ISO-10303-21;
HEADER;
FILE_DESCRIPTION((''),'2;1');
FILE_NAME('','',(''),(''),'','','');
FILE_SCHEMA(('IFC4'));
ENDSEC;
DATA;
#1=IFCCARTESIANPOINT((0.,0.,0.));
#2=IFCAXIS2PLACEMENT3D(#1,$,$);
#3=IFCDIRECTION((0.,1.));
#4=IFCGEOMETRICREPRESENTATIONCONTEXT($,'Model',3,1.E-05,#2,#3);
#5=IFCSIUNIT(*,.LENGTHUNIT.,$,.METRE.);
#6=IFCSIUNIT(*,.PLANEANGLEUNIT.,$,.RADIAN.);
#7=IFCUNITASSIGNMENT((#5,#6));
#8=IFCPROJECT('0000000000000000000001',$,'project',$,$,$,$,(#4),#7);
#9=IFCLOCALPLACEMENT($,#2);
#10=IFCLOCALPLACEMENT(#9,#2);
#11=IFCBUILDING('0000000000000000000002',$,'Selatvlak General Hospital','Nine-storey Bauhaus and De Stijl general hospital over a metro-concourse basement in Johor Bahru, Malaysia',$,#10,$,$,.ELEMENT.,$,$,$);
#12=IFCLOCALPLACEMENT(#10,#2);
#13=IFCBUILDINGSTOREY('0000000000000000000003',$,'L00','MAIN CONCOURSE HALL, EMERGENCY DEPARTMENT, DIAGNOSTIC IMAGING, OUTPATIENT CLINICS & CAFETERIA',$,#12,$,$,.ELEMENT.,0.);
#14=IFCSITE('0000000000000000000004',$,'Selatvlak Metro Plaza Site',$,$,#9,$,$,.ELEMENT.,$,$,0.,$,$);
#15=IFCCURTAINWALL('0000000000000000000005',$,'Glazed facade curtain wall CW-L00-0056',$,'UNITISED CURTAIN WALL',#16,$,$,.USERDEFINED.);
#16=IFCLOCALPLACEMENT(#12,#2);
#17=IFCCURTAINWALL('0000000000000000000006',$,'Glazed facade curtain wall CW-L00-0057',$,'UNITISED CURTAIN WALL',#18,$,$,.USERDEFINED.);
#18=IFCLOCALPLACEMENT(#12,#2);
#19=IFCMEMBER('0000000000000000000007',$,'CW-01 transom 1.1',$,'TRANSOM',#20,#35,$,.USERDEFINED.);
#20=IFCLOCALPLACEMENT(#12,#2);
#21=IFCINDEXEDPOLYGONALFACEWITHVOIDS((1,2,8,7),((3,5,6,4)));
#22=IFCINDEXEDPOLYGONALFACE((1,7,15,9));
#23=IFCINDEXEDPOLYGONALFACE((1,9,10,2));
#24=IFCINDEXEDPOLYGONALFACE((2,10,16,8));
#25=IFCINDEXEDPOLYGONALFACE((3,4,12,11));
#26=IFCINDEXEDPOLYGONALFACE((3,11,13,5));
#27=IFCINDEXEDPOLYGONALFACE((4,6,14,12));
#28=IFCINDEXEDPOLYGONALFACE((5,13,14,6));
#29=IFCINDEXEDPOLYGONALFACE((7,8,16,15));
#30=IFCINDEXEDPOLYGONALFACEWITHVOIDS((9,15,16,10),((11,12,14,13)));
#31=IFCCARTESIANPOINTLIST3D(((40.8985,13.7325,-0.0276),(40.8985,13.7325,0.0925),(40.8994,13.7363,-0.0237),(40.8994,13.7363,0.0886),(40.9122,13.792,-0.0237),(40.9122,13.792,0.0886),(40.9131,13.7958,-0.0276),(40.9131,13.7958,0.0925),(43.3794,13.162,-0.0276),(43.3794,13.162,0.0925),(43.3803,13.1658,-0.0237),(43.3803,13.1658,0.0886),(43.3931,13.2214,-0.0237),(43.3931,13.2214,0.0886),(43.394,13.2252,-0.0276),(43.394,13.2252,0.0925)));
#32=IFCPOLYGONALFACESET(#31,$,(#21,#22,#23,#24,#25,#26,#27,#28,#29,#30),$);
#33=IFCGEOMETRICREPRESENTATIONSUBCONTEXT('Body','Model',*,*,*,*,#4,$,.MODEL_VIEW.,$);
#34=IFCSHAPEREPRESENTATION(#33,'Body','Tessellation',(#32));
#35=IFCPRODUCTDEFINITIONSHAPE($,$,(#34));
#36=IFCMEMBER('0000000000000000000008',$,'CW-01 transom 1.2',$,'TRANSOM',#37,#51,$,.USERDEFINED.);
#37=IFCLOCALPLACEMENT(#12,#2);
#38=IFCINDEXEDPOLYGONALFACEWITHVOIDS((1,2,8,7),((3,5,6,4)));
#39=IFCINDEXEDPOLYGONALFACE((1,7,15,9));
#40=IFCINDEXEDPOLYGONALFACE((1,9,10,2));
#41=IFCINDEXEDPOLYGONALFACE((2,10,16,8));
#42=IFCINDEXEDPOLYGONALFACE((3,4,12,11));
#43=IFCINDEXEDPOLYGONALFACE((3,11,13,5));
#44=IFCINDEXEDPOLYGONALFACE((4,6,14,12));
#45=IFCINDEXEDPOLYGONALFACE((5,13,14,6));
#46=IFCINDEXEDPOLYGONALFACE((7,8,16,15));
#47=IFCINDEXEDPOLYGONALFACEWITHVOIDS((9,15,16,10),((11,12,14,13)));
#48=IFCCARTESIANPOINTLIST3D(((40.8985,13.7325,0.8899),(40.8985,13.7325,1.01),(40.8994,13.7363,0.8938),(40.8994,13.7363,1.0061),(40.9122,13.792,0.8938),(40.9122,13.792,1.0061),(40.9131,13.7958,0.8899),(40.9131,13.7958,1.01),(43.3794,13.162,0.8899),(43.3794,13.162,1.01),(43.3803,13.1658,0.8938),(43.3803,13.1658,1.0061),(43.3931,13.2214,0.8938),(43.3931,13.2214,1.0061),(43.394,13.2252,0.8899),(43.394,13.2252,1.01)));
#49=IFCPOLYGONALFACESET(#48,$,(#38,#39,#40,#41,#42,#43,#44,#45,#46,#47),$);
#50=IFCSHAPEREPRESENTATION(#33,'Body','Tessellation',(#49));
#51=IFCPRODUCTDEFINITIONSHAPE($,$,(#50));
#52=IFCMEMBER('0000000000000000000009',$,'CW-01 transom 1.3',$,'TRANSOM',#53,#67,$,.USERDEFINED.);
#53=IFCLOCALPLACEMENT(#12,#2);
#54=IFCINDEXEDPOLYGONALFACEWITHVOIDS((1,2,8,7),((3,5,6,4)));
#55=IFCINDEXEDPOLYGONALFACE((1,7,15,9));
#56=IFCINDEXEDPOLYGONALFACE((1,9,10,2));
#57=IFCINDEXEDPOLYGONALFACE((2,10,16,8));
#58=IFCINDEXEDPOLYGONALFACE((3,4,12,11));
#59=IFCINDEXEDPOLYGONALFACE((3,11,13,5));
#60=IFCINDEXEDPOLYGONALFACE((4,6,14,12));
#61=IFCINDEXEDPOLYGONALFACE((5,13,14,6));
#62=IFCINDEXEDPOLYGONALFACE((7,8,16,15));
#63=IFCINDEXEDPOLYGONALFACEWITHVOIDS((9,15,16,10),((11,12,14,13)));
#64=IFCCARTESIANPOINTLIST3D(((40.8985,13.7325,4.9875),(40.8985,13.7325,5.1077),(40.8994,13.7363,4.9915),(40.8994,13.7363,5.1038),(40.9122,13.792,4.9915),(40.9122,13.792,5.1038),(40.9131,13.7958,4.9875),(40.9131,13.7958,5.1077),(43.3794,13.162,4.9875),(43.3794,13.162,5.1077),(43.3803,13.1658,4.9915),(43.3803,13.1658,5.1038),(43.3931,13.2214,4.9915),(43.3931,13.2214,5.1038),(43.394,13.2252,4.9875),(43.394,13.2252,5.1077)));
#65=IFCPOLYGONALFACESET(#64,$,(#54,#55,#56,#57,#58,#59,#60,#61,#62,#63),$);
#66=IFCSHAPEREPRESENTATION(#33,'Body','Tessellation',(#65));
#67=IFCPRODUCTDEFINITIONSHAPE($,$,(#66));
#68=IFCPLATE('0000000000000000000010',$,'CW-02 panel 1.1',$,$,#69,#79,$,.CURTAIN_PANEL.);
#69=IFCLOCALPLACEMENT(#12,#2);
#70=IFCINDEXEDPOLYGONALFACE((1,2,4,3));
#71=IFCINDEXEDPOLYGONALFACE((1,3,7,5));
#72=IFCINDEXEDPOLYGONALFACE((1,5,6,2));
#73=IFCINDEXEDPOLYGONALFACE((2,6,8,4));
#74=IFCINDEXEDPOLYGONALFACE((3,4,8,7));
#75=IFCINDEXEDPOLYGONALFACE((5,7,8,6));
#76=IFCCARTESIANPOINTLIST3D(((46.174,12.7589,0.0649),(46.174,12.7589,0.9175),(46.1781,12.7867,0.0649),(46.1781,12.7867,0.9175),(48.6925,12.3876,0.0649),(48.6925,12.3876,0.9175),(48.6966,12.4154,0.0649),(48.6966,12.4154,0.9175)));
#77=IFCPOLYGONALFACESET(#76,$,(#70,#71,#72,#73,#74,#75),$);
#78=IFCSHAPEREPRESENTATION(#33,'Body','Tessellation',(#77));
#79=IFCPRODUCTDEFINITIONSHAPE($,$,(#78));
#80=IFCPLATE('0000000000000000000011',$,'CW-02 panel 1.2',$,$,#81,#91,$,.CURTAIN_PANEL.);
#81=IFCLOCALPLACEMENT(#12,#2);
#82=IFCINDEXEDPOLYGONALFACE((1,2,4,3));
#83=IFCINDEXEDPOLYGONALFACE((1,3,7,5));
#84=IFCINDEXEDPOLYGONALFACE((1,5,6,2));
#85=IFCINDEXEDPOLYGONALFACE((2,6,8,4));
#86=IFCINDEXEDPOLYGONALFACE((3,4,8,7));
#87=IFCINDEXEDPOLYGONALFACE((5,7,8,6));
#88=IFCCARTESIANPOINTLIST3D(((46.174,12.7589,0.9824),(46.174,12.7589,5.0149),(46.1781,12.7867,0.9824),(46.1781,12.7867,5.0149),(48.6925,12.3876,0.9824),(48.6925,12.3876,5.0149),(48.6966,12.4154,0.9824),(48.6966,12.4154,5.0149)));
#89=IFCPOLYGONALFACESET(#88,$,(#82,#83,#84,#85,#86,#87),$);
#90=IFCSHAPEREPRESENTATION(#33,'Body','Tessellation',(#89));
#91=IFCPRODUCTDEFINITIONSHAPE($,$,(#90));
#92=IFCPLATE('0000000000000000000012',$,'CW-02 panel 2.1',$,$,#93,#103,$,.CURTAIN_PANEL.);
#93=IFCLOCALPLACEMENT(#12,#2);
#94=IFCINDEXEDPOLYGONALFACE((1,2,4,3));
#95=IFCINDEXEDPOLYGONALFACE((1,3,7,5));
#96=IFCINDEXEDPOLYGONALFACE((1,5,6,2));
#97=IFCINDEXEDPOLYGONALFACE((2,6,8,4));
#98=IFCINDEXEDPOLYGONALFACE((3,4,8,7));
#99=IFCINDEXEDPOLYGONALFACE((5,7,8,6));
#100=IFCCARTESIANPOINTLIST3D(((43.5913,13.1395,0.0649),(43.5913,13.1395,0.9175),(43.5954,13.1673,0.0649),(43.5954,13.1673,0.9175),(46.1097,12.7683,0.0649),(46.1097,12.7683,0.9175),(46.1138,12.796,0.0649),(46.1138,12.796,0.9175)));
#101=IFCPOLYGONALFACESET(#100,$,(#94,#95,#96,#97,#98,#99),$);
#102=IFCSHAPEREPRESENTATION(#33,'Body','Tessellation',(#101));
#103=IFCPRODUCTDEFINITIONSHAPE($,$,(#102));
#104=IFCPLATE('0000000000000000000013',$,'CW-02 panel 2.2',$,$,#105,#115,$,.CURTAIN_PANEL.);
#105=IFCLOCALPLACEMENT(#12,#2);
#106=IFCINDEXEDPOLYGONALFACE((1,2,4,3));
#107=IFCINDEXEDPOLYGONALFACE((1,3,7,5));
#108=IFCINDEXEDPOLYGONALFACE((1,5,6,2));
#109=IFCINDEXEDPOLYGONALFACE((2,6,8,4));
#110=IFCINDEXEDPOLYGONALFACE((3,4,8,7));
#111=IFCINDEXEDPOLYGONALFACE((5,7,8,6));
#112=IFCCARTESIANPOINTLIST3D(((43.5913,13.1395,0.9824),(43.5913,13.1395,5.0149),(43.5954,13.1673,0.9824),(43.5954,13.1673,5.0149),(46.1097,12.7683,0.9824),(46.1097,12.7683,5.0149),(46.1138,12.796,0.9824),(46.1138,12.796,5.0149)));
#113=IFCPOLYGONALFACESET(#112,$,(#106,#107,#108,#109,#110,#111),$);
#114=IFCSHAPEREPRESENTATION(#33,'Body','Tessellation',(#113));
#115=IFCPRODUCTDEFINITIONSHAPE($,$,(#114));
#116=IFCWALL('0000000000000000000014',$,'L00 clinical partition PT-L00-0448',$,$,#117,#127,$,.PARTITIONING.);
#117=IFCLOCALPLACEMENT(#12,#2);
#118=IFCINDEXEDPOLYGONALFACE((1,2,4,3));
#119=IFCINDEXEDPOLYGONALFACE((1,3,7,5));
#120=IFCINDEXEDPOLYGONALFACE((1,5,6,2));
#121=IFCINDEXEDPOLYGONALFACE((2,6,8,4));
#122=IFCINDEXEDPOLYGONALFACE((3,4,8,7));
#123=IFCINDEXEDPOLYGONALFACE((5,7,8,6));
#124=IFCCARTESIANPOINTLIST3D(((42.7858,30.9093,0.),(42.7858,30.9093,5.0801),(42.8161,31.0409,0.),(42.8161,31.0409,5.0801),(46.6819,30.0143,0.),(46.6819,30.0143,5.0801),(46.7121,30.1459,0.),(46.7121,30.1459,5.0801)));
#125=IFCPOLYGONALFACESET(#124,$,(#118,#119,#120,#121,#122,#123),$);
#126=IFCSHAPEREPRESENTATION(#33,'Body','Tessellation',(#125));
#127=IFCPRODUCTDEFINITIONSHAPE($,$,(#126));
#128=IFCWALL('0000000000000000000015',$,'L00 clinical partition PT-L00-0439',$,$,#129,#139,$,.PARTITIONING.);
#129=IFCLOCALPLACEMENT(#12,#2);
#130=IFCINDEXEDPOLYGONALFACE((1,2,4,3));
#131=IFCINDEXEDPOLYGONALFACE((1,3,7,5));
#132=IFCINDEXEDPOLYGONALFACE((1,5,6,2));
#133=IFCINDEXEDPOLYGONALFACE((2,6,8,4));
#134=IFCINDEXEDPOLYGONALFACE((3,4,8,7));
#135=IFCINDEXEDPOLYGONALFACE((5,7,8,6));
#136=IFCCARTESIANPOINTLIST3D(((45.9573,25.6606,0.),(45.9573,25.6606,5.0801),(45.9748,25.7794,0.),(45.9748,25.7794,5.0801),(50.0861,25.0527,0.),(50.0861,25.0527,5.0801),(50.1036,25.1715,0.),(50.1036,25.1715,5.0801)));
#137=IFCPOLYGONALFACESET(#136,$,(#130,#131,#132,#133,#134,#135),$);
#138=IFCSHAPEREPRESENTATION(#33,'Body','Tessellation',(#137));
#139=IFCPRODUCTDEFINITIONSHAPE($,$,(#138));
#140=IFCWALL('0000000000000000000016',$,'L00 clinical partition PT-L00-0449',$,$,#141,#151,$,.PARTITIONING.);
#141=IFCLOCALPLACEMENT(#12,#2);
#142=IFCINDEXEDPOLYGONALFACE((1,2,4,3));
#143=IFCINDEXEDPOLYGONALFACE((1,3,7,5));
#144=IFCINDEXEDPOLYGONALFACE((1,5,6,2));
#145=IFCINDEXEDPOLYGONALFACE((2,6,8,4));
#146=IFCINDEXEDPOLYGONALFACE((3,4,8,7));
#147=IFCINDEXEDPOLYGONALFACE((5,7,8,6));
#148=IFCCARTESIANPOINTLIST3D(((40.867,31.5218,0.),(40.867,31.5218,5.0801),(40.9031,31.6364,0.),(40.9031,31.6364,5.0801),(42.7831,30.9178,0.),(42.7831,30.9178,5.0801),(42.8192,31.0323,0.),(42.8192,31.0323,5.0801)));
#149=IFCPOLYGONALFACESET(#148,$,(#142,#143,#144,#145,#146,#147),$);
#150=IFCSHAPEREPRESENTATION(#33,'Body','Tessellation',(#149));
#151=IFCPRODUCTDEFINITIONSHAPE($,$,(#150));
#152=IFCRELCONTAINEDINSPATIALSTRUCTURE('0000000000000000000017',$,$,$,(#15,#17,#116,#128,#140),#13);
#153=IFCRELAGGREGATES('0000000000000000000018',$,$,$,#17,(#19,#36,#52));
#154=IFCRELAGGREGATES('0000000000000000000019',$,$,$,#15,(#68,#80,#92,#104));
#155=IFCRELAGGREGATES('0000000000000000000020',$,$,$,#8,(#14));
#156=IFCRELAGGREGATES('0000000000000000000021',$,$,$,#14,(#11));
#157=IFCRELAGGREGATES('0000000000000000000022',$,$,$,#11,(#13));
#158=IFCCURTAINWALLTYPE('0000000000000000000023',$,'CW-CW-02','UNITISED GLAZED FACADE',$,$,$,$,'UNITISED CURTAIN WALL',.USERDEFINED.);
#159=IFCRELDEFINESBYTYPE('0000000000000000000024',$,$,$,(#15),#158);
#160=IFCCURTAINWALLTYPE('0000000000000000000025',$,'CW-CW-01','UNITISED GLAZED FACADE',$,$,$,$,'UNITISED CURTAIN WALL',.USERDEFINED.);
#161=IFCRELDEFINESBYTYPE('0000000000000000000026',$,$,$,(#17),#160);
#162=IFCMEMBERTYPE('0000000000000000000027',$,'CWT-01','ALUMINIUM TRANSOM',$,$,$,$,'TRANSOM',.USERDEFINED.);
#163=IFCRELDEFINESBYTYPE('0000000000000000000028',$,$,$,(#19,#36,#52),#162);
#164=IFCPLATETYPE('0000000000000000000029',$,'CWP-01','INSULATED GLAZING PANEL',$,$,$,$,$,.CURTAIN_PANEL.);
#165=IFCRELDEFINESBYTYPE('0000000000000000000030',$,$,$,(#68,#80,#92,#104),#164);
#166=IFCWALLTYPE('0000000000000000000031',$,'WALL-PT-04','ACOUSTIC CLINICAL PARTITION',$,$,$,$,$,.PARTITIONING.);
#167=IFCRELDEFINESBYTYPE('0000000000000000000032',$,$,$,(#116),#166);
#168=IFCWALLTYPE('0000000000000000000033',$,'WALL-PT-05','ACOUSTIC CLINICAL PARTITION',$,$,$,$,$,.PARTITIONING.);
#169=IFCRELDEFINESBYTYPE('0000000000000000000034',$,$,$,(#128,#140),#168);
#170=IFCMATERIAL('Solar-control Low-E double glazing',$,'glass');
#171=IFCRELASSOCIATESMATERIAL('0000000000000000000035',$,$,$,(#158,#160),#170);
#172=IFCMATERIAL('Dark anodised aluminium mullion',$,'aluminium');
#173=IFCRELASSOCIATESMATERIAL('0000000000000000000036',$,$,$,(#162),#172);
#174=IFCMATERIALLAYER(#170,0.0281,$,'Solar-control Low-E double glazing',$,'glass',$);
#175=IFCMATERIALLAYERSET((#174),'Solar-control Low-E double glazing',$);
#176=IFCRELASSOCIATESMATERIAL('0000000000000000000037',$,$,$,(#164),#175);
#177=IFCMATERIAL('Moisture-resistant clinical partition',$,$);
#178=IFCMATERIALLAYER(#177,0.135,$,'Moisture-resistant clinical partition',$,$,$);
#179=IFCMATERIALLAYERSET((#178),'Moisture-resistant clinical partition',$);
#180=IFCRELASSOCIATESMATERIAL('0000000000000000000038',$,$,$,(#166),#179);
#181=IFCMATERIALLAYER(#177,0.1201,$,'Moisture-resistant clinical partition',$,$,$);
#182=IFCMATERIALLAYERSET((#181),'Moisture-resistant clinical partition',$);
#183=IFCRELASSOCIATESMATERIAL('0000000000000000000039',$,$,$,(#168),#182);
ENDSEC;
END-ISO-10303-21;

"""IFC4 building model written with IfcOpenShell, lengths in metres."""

from ifc_helpers import new_model, si_unit, direction, frame, frame_2d, origin, origin_2d, place, context, subcontext, project, spatial, rectangle, hollow_rectangle, extrude, material, layer, layer_set, material_profile, profile_set, type_object, element, aggregate, save


model = new_model("IFC4")

# Units and contexts
model_context = context("Model", 3, precision=1e-05, world=origin(), true_north=direction((0.0, 1.0)))
body_context = subcontext(model_context, "Body", "Model", "MODEL_VIEW")
ifc_project = project(units=[si_unit("LENGTHUNIT", "METRE"), si_unit("PLANEANGLEUNIT", "RADIAN")], contexts=[model_context])

# Site, building, storey
site_placement = place(None, origin())
site = spatial("IfcSite", under=ifc_project, at=site_placement, Name="Selatvlak Metro Plaza Site", CompositionType="ELEMENT", RefElevation=0.0)
building_placement = place(site_placement, origin())
building = spatial("IfcBuilding", under=site, at=building_placement, Name="Selatvlak General Hospital", Description="Nine-storey Bauhaus and De Stijl general hospital over a metro-concourse basement in Johor Bahru, Malaysia", CompositionType="ELEMENT")
storey_placement = place(building_placement, origin())
storey = spatial("IfcBuildingStorey", under=building, at=storey_placement, Name="L00", Description="MAIN CONCOURSE HALL, EMERGENCY DEPARTMENT, DIAGNOSTIC IMAGING, OUTPATIENT CLINICS & CAFETERIA", CompositionType="ELEMENT", Elevation=0.0)

# Curtain wall
ifc_material_1 = material(Name="Solar-control Low-E double glazing", Category="glass")
curtain_wall_type_1 = type_object("IfcCurtainWallType", Name="CW-CW-02", Description="UNITISED GLAZED FACADE", ElementType="UNITISED CURTAIN WALL", PredefinedType="USERDEFINED", material=ifc_material_1)
curtain_wall_1_placement = place(storey_placement, origin())
curtain_wall_1 = element("IfcCurtainWall", 1, at=curtain_wall_1_placement, inside=storey, type_object=curtain_wall_type_1, Name="Glazed facade curtain wall CW-L00-0056", ObjectType="UNITISED CURTAIN WALL", PredefinedType="USERDEFINED")
ifc_material_2 = material(Name="Dark anodised aluminium mullion", Category="aluminium")

# Curtain wall
curtain_wall_type_2 = type_object("IfcCurtainWallType", Name="CW-CW-01", Description="UNITISED GLAZED FACADE", ElementType="UNITISED CURTAIN WALL", PredefinedType="USERDEFINED", material=ifc_material_1)
curtain_wall_2_placement = place(storey_placement, origin())
curtain_wall_2 = element("IfcCurtainWall", 2, at=curtain_wall_2_placement, inside=storey, type_object=curtain_wall_type_2, Name="Glazed facade curtain wall CW-L00-0057", ObjectType="UNITISED CURTAIN WALL", PredefinedType="USERDEFINED")

# Members
ifc_material_profile_1 = material_profile(ifc_material_2, hollow_rectangle(XDim=0.0649, YDim=0.1201, WallThickness=0.0039, at=origin_2d()), Name="AL-TRN 65x120x4")
ifc_profile_set_1 = profile_set([ifc_material_profile_1], Name="Dark anodised aluminium mullion")
member_type_1 = type_object("IfcMemberType", Name="CWT-01", Description="ALUMINIUM TRANSOM", ElementType="TRANSOM", PredefinedType="USERDEFINED", material=ifc_profile_set_1)
member_1_placement = place(storey_placement, frame((43.3867, 13.1936, 0.0325), z_axis=(-0.974561, 0.224124, 0.0), x_axis=(-0.224124, -0.974561, 0.0)))
member_1 = element("IfcMember", 3, at=member_1_placement, type_object=member_type_1, Name="CW-01 transom 1.1", ObjectType="TRANSOM", PredefinedType="USERDEFINED", context=body_context, shape_type="SweptSolid", body=[
    extrude(hollow_rectangle(XDim=0.0649, YDim=0.1201, WallThickness=0.0039, at=origin_2d()), origin(), (0.0, 0.0, 1.0), 2.5457),
])
member_2_placement = place(storey_placement, frame((43.3867, 13.1936, 0.95), z_axis=(-0.974561, 0.224124, 0.0), x_axis=(-0.224124, -0.974561, 0.0)))
member_2 = element("IfcMember", 4, at=member_2_placement, type_object=member_type_1, Name="CW-01 transom 1.2", ObjectType="TRANSOM", PredefinedType="USERDEFINED", context=body_context, shape_type="SweptSolid", body=[
    extrude(hollow_rectangle(XDim=0.0649, YDim=0.1201, WallThickness=0.0039, at=origin_2d()), origin(), (0.0, 0.0, 1.0), 2.5457),
])
member_3_placement = place(storey_placement, frame((43.3867, 13.1936, 5.0476), z_axis=(-0.974561, 0.224124, 0.0), x_axis=(-0.224124, -0.974561, 0.0)))
member_3 = element("IfcMember", 5, at=member_3_placement, type_object=member_type_1, Name="CW-01 transom 1.3", ObjectType="TRANSOM", PredefinedType="USERDEFINED", context=body_context, shape_type="SweptSolid", body=[
    extrude(hollow_rectangle(XDim=0.0649, YDim=0.1201, WallThickness=0.0039, at=origin_2d()), origin(), (0.0, 0.0, 1.0), 2.5457),
])
aggregate(curtain_wall_2, [member_1, member_2, member_3])

# Plates
ifc_layer_1 = layer(ifc_material_1, 0.0281, Name="Solar-control Low-E double glazing", Category="glass")
ifc_layer_set_1 = layer_set([ifc_layer_1], Name="Solar-control Low-E double glazing")
plate_type = type_object("IfcPlateType", Name="CWP-01", Description="INSULATED GLAZING PANEL", PredefinedType="CURTAIN_PANEL", material=ifc_layer_set_1)
plate_1_placement = place(storey_placement, frame((47.4353, 12.5872, 0.0649), z_axis=(0.0, 0.0, 1.0), x_axis=(-0.989308, 0.145843, 0.0)))
plate_1 = element("IfcPlate", 6, at=plate_1_placement, type_object=plate_type, Name="CW-02 panel 1.1", PredefinedType="CURTAIN_PANEL", context=body_context, shape_type="SweptSolid", body=[
    extrude(rectangle(XDim=2.5457, YDim=0.0281, at=origin_2d()), origin(), (0.0, 0.0, 1.0), 0.8525),
])
plate_2_placement = place(storey_placement, frame((47.4353, 12.5872, 0.9824), z_axis=(0.0, 0.0, 1.0), x_axis=(-0.989308, 0.145843, 0.0)))
plate_2 = element("IfcPlate", 7, at=plate_2_placement, type_object=plate_type, Name="CW-02 panel 1.2", PredefinedType="CURTAIN_PANEL", context=body_context, shape_type="SweptSolid", body=[
    extrude(rectangle(XDim=2.5457, YDim=0.0281, at=origin_2d()), origin(), (0.0, 0.0, 1.0), 4.0325),
])
plate_3_placement = place(storey_placement, frame((44.8525, 12.9678, 0.0649), z_axis=(0.0, 0.0, 1.0), x_axis=(-0.989308, 0.145843, 0.0)))
plate_3 = element("IfcPlate", 8, at=plate_3_placement, type_object=plate_type, Name="CW-02 panel 2.1", PredefinedType="CURTAIN_PANEL", context=body_context, shape_type="SweptSolid", body=[
    extrude(rectangle(XDim=2.5457, YDim=0.0281, at=origin_2d()), origin(), (0.0, 0.0, 1.0), 0.8525),
])
plate_4_placement = place(storey_placement, frame((44.8525, 12.9678, 0.9824), z_axis=(0.0, 0.0, 1.0), x_axis=(-0.989308, 0.145843, 0.0)))
plate_4 = element("IfcPlate", 9, at=plate_4_placement, type_object=plate_type, Name="CW-02 panel 2.2", PredefinedType="CURTAIN_PANEL", context=body_context, shape_type="SweptSolid", body=[
    extrude(rectangle(XDim=2.5457, YDim=0.0281, at=origin_2d()), origin(), (0.0, 0.0, 1.0), 4.0325),
])
aggregate(curtain_wall_1, [plate_1, plate_2, plate_3, plate_4])

# Walls
ifc_material_3 = material(Name="Moisture-resistant clinical partition")
ifc_layer_2 = layer(ifc_material_3, 0.135, Name="Moisture-resistant clinical partition")
ifc_layer_set_2 = layer_set([ifc_layer_2], Name="Moisture-resistant clinical partition")
wall_type_1 = type_object("IfcWallType", Name="WALL-PT-04", Description="ACOUSTIC CLINICAL PARTITION", PredefinedType="PARTITIONING", material=ifc_layer_set_2)
wall_1_placement = place(storey_placement, frame((46.697, 30.0801, 0.0), z_axis=(0.0, 0.0, 1.0), x_axis=(-0.974613, 0.223896, 0.0)))
element("IfcWall", 10, at=wall_1_placement, inside=storey, type_object=wall_type_1, Name="L00 clinical partition PT-L00-0448", PredefinedType="PARTITIONING", context=body_context, shape_type="SweptSolid", body=[
    extrude(rectangle(XDim=3.9976, YDim=0.135, at=frame_2d((1.9988, 0.0))), origin(), (0.0, 0.0, 1.0), 5.0801),
])
ifc_layer_3 = layer(ifc_material_3, 0.1201, Name="Moisture-resistant clinical partition")
ifc_layer_set_3 = layer_set([ifc_layer_3], Name="Moisture-resistant clinical partition")
wall_type_2 = type_object("IfcWallType", Name="WALL-PT-05", Description="ACOUSTIC CLINICAL PARTITION", PredefinedType="PARTITIONING", material=ifc_layer_set_3)
wall_2_placement = place(storey_placement, frame((45.9661, 25.72, 0.0), z_axis=(0.0, 0.0, 1.0), x_axis=(0.989334, -0.145662, 0.0)))
element("IfcWall", 11, at=wall_2_placement, inside=storey, type_object=wall_type_2, Name="L00 clinical partition PT-L00-0439", PredefinedType="PARTITIONING", context=body_context, shape_type="SweptSolid", body=[
    extrude(rectangle(XDim=4.1733, YDim=0.1201, at=frame_2d((2.0867, 0.0))), origin(), (0.0, 0.0, 1.0), 5.0801),
])
wall_3_placement = place(storey_placement, frame((42.801, 30.9751, 0.0), z_axis=(0.0, 0.0, 1.0), x_axis=(-0.953733, 0.300654, 0.0)))
element("IfcWall", 12, at=wall_3_placement, inside=storey, type_object=wall_type_2, Name="L00 clinical partition PT-L00-0449", PredefinedType="PARTITIONING", context=body_context, shape_type="SweptSolid", body=[
    extrude(rectangle(XDim=2.009, YDim=0.1201, at=frame_2d((1.0044, 0.0))), origin(), (0.0, 0.0, 1.0), 5.0801),
])

save(model, "model.ifc")
